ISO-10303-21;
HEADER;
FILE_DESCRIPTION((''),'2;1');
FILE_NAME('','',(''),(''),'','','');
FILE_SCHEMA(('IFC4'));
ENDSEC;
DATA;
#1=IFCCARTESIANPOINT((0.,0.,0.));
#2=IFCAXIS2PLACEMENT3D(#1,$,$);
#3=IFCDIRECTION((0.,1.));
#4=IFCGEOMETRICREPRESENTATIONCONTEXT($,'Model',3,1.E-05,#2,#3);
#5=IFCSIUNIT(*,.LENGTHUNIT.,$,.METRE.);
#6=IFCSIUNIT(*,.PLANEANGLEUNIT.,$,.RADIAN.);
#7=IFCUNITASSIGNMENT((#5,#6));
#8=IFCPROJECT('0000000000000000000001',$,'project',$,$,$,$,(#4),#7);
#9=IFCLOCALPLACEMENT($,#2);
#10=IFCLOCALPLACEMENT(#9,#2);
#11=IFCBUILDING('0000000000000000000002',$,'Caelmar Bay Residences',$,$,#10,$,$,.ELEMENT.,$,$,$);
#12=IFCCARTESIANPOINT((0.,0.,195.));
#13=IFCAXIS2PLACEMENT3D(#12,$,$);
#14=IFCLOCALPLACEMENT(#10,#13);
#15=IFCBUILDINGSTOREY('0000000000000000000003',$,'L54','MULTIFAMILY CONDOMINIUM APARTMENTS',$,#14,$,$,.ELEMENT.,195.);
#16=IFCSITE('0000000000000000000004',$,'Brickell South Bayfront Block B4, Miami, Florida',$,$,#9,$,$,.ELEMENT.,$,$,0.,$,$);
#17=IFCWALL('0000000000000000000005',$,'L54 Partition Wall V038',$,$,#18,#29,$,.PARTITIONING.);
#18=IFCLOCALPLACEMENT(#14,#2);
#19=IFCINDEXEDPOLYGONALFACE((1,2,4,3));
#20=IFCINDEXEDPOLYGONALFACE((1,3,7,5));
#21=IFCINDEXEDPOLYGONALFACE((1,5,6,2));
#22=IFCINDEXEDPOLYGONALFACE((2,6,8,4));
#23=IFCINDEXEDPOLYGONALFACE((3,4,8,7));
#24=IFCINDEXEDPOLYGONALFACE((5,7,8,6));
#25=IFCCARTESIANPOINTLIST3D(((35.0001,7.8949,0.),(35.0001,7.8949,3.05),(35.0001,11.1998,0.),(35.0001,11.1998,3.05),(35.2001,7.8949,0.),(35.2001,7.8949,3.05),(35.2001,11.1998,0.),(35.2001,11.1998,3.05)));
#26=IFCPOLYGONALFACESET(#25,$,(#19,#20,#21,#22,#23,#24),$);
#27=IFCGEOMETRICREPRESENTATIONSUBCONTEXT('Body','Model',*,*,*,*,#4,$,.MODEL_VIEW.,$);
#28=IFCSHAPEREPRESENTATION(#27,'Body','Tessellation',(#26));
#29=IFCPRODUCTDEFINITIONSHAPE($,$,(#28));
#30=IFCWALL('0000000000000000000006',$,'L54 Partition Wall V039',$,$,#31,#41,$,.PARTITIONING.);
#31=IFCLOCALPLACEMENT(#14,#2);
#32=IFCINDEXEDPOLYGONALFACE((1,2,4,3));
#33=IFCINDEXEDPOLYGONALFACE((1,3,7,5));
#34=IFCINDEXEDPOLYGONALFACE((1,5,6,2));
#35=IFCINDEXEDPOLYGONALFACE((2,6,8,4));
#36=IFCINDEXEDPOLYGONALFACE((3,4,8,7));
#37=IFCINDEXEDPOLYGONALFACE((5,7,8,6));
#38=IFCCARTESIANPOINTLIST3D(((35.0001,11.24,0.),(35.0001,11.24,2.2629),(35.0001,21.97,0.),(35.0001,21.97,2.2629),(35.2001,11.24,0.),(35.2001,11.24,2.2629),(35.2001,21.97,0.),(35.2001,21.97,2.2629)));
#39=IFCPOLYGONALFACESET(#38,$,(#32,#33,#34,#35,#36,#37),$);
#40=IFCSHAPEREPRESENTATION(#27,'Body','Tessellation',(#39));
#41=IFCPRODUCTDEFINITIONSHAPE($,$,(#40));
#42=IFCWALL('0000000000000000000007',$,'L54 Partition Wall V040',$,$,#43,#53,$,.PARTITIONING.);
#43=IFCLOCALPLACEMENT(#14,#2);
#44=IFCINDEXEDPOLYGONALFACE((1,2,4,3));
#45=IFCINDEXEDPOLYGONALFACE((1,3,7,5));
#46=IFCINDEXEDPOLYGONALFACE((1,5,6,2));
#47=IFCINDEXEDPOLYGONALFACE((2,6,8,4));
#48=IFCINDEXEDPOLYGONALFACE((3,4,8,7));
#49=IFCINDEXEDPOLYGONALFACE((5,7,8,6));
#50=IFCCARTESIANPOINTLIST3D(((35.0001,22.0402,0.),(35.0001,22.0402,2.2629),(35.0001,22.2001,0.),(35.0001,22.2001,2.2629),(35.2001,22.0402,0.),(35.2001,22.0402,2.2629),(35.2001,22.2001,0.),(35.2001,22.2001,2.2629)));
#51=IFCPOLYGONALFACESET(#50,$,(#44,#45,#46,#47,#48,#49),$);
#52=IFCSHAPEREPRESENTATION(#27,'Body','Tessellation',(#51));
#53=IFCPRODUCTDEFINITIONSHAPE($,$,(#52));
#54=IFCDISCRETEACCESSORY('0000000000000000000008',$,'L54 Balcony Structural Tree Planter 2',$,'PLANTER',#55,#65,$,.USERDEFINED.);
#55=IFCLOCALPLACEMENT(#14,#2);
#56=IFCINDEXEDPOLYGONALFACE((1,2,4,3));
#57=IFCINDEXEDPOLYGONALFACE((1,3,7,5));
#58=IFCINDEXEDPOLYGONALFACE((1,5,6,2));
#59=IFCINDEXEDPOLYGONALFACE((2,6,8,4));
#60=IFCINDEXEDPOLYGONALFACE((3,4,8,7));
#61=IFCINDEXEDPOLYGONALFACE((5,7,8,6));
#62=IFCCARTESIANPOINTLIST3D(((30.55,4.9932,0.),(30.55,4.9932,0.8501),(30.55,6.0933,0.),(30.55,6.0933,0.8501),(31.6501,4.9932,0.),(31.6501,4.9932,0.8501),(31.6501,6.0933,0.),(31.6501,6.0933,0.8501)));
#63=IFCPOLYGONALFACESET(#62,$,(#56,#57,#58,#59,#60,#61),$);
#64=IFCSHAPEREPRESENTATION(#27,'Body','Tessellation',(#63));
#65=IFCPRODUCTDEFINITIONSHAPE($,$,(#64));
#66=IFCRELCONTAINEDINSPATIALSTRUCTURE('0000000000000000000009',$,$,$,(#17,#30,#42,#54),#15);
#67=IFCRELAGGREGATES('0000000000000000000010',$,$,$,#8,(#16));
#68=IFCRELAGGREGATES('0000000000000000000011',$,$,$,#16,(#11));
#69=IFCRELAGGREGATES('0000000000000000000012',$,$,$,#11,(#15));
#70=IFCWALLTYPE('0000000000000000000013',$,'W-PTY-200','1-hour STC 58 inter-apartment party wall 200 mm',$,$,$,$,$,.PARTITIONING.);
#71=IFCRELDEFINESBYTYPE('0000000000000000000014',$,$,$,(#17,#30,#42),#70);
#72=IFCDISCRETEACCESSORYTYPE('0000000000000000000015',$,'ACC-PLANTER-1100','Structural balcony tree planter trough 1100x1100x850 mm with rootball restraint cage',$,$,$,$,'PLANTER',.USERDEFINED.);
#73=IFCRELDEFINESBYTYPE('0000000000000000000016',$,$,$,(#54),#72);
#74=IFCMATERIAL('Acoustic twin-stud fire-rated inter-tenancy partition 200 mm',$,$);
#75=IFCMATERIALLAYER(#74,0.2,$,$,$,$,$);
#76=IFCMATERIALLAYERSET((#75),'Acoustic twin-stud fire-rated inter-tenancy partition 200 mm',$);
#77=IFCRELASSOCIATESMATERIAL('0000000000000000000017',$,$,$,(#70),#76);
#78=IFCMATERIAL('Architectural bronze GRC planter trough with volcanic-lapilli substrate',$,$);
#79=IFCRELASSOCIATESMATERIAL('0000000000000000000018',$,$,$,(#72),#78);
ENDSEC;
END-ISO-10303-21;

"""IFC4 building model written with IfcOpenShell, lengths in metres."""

from ifc_helpers import new_model, si_unit, direction, frame, frame_2d, origin, origin_2d, place, context, subcontext, project, spatial, rectangle, extrude, material, layer, layer_set, type_object, element, save


model = new_model("IFC4")

# Units and contexts
model_context = context("Model", 3, precision=1e-05, world=origin(), true_north=direction((0.0, 1.0)))
body_context = subcontext(model_context, "Body", "Model", "MODEL_VIEW")
ifc_project = project(units=[si_unit("LENGTHUNIT", "METRE"), si_unit("PLANEANGLEUNIT", "RADIAN")], contexts=[model_context])

# Site, building, storey
site_placement = place(None, origin())
site = spatial("IfcSite", under=ifc_project, at=site_placement, Name="Brickell South Bayfront Block B4, Miami, Florida", CompositionType="ELEMENT", RefElevation=0.0)
building_placement = place(site_placement, origin())
building = spatial("IfcBuilding", under=site, at=building_placement, Name="Caelmar Bay Residences", CompositionType="ELEMENT")
storey_placement = place(building_placement, frame((0.0, 0.0, 195.0)))
storey = spatial("IfcBuildingStorey", under=building, at=storey_placement, Name="L54", Description="MULTIFAMILY CONDOMINIUM APARTMENTS", CompositionType="ELEMENT", Elevation=195.0)

# Walls
ifc_material_1 = material(Name="Acoustic twin-stud fire-rated inter-tenancy partition 200 mm")
ifc_layer_1 = layer(ifc_material_1, 0.2)
ifc_layer_set_1 = layer_set([ifc_layer_1], Name="Acoustic twin-stud fire-rated inter-tenancy partition 200 mm")
wall_type_1 = type_object("IfcWallType", Name="W-PTY-200", Description="1-hour STC 58 inter-apartment party wall 200 mm", PredefinedType="PARTITIONING", material=ifc_layer_set_1)
wall_1_placement = place(storey_placement, frame((35.1001, 7.895, 0.0), z_axis=(0.0, 0.0, 1.0), x_axis=(0.0, 1.0, 0.0)))
element("IfcWall", 1, at=wall_1_placement, inside=storey, type_object=wall_type_1, Name="L54 Partition Wall V038", PredefinedType="PARTITIONING", context=body_context, shape_type="SweptSolid", body=[
    extrude(rectangle(XDim=3.3049, YDim=0.2, at=frame_2d((1.6523, 0.0))), origin(), (0.0, 0.0, 1.0), 3.05),
])
wall_2_placement = place(storey_placement, frame((35.1001, 11.24, 0.0), z_axis=(0.0, 0.0, 1.0), x_axis=(0.0, 1.0, 0.0)))
element("IfcWall", 2, at=wall_2_placement, inside=storey, type_object=wall_type_1, Name="L54 Partition Wall V039", PredefinedType="PARTITIONING", context=body_context, shape_type="SweptSolid", body=[
    extrude(rectangle(XDim=10.73, YDim=0.2, at=frame_2d((5.365, 0.0))), origin(), (0.0, 0.0, 1.0), 2.2629),
])
wall_3_placement = place(storey_placement, frame((35.1001, 22.04, 0.0), z_axis=(0.0, 0.0, 1.0), x_axis=(0.0, 1.0, 0.0)))
element("IfcWall", 3, at=wall_3_placement, inside=storey, type_object=wall_type_1, Name="L54 Partition Wall V040", PredefinedType="PARTITIONING", context=body_context, shape_type="SweptSolid", body=[
    extrude(rectangle(XDim=0.1599, YDim=0.2, at=frame_2d((0.0801, 0.0))), origin(), (0.0, 0.0, 1.0), 2.2629),
])

# Discrete accessory
ifc_material_2 = material(Name="Architectural bronze GRC planter trough with volcanic-lapilli substrate")
discrete_accessory_type = type_object("IfcDiscreteAccessoryType", Name="ACC-PLANTER-1100", Description="Structural balcony tree planter trough 1100x1100x850 mm with rootball restraint cage", ElementType="PLANTER", PredefinedType="USERDEFINED", material=ifc_material_2)
discrete_accessory_placement = place(storey_placement, frame((31.1001, 5.5432, 0.0), z_axis=(0.0, 0.0, 1.0), x_axis=(1.0, 0.0, 0.0)))
element("IfcDiscreteAccessory", 4, at=discrete_accessory_placement, inside=storey, type_object=discrete_accessory_type, Name="L54 Balcony Structural Tree Planter 2", ObjectType="PLANTER", PredefinedType="USERDEFINED", context=body_context, shape_type="SweptSolid", body=[
    extrude(rectangle(XDim=1.1001, YDim=1.1001, at=origin_2d()), origin(), (0.0, 0.0, 1.0), 0.8501),
])

save(model, "model.ifc")
